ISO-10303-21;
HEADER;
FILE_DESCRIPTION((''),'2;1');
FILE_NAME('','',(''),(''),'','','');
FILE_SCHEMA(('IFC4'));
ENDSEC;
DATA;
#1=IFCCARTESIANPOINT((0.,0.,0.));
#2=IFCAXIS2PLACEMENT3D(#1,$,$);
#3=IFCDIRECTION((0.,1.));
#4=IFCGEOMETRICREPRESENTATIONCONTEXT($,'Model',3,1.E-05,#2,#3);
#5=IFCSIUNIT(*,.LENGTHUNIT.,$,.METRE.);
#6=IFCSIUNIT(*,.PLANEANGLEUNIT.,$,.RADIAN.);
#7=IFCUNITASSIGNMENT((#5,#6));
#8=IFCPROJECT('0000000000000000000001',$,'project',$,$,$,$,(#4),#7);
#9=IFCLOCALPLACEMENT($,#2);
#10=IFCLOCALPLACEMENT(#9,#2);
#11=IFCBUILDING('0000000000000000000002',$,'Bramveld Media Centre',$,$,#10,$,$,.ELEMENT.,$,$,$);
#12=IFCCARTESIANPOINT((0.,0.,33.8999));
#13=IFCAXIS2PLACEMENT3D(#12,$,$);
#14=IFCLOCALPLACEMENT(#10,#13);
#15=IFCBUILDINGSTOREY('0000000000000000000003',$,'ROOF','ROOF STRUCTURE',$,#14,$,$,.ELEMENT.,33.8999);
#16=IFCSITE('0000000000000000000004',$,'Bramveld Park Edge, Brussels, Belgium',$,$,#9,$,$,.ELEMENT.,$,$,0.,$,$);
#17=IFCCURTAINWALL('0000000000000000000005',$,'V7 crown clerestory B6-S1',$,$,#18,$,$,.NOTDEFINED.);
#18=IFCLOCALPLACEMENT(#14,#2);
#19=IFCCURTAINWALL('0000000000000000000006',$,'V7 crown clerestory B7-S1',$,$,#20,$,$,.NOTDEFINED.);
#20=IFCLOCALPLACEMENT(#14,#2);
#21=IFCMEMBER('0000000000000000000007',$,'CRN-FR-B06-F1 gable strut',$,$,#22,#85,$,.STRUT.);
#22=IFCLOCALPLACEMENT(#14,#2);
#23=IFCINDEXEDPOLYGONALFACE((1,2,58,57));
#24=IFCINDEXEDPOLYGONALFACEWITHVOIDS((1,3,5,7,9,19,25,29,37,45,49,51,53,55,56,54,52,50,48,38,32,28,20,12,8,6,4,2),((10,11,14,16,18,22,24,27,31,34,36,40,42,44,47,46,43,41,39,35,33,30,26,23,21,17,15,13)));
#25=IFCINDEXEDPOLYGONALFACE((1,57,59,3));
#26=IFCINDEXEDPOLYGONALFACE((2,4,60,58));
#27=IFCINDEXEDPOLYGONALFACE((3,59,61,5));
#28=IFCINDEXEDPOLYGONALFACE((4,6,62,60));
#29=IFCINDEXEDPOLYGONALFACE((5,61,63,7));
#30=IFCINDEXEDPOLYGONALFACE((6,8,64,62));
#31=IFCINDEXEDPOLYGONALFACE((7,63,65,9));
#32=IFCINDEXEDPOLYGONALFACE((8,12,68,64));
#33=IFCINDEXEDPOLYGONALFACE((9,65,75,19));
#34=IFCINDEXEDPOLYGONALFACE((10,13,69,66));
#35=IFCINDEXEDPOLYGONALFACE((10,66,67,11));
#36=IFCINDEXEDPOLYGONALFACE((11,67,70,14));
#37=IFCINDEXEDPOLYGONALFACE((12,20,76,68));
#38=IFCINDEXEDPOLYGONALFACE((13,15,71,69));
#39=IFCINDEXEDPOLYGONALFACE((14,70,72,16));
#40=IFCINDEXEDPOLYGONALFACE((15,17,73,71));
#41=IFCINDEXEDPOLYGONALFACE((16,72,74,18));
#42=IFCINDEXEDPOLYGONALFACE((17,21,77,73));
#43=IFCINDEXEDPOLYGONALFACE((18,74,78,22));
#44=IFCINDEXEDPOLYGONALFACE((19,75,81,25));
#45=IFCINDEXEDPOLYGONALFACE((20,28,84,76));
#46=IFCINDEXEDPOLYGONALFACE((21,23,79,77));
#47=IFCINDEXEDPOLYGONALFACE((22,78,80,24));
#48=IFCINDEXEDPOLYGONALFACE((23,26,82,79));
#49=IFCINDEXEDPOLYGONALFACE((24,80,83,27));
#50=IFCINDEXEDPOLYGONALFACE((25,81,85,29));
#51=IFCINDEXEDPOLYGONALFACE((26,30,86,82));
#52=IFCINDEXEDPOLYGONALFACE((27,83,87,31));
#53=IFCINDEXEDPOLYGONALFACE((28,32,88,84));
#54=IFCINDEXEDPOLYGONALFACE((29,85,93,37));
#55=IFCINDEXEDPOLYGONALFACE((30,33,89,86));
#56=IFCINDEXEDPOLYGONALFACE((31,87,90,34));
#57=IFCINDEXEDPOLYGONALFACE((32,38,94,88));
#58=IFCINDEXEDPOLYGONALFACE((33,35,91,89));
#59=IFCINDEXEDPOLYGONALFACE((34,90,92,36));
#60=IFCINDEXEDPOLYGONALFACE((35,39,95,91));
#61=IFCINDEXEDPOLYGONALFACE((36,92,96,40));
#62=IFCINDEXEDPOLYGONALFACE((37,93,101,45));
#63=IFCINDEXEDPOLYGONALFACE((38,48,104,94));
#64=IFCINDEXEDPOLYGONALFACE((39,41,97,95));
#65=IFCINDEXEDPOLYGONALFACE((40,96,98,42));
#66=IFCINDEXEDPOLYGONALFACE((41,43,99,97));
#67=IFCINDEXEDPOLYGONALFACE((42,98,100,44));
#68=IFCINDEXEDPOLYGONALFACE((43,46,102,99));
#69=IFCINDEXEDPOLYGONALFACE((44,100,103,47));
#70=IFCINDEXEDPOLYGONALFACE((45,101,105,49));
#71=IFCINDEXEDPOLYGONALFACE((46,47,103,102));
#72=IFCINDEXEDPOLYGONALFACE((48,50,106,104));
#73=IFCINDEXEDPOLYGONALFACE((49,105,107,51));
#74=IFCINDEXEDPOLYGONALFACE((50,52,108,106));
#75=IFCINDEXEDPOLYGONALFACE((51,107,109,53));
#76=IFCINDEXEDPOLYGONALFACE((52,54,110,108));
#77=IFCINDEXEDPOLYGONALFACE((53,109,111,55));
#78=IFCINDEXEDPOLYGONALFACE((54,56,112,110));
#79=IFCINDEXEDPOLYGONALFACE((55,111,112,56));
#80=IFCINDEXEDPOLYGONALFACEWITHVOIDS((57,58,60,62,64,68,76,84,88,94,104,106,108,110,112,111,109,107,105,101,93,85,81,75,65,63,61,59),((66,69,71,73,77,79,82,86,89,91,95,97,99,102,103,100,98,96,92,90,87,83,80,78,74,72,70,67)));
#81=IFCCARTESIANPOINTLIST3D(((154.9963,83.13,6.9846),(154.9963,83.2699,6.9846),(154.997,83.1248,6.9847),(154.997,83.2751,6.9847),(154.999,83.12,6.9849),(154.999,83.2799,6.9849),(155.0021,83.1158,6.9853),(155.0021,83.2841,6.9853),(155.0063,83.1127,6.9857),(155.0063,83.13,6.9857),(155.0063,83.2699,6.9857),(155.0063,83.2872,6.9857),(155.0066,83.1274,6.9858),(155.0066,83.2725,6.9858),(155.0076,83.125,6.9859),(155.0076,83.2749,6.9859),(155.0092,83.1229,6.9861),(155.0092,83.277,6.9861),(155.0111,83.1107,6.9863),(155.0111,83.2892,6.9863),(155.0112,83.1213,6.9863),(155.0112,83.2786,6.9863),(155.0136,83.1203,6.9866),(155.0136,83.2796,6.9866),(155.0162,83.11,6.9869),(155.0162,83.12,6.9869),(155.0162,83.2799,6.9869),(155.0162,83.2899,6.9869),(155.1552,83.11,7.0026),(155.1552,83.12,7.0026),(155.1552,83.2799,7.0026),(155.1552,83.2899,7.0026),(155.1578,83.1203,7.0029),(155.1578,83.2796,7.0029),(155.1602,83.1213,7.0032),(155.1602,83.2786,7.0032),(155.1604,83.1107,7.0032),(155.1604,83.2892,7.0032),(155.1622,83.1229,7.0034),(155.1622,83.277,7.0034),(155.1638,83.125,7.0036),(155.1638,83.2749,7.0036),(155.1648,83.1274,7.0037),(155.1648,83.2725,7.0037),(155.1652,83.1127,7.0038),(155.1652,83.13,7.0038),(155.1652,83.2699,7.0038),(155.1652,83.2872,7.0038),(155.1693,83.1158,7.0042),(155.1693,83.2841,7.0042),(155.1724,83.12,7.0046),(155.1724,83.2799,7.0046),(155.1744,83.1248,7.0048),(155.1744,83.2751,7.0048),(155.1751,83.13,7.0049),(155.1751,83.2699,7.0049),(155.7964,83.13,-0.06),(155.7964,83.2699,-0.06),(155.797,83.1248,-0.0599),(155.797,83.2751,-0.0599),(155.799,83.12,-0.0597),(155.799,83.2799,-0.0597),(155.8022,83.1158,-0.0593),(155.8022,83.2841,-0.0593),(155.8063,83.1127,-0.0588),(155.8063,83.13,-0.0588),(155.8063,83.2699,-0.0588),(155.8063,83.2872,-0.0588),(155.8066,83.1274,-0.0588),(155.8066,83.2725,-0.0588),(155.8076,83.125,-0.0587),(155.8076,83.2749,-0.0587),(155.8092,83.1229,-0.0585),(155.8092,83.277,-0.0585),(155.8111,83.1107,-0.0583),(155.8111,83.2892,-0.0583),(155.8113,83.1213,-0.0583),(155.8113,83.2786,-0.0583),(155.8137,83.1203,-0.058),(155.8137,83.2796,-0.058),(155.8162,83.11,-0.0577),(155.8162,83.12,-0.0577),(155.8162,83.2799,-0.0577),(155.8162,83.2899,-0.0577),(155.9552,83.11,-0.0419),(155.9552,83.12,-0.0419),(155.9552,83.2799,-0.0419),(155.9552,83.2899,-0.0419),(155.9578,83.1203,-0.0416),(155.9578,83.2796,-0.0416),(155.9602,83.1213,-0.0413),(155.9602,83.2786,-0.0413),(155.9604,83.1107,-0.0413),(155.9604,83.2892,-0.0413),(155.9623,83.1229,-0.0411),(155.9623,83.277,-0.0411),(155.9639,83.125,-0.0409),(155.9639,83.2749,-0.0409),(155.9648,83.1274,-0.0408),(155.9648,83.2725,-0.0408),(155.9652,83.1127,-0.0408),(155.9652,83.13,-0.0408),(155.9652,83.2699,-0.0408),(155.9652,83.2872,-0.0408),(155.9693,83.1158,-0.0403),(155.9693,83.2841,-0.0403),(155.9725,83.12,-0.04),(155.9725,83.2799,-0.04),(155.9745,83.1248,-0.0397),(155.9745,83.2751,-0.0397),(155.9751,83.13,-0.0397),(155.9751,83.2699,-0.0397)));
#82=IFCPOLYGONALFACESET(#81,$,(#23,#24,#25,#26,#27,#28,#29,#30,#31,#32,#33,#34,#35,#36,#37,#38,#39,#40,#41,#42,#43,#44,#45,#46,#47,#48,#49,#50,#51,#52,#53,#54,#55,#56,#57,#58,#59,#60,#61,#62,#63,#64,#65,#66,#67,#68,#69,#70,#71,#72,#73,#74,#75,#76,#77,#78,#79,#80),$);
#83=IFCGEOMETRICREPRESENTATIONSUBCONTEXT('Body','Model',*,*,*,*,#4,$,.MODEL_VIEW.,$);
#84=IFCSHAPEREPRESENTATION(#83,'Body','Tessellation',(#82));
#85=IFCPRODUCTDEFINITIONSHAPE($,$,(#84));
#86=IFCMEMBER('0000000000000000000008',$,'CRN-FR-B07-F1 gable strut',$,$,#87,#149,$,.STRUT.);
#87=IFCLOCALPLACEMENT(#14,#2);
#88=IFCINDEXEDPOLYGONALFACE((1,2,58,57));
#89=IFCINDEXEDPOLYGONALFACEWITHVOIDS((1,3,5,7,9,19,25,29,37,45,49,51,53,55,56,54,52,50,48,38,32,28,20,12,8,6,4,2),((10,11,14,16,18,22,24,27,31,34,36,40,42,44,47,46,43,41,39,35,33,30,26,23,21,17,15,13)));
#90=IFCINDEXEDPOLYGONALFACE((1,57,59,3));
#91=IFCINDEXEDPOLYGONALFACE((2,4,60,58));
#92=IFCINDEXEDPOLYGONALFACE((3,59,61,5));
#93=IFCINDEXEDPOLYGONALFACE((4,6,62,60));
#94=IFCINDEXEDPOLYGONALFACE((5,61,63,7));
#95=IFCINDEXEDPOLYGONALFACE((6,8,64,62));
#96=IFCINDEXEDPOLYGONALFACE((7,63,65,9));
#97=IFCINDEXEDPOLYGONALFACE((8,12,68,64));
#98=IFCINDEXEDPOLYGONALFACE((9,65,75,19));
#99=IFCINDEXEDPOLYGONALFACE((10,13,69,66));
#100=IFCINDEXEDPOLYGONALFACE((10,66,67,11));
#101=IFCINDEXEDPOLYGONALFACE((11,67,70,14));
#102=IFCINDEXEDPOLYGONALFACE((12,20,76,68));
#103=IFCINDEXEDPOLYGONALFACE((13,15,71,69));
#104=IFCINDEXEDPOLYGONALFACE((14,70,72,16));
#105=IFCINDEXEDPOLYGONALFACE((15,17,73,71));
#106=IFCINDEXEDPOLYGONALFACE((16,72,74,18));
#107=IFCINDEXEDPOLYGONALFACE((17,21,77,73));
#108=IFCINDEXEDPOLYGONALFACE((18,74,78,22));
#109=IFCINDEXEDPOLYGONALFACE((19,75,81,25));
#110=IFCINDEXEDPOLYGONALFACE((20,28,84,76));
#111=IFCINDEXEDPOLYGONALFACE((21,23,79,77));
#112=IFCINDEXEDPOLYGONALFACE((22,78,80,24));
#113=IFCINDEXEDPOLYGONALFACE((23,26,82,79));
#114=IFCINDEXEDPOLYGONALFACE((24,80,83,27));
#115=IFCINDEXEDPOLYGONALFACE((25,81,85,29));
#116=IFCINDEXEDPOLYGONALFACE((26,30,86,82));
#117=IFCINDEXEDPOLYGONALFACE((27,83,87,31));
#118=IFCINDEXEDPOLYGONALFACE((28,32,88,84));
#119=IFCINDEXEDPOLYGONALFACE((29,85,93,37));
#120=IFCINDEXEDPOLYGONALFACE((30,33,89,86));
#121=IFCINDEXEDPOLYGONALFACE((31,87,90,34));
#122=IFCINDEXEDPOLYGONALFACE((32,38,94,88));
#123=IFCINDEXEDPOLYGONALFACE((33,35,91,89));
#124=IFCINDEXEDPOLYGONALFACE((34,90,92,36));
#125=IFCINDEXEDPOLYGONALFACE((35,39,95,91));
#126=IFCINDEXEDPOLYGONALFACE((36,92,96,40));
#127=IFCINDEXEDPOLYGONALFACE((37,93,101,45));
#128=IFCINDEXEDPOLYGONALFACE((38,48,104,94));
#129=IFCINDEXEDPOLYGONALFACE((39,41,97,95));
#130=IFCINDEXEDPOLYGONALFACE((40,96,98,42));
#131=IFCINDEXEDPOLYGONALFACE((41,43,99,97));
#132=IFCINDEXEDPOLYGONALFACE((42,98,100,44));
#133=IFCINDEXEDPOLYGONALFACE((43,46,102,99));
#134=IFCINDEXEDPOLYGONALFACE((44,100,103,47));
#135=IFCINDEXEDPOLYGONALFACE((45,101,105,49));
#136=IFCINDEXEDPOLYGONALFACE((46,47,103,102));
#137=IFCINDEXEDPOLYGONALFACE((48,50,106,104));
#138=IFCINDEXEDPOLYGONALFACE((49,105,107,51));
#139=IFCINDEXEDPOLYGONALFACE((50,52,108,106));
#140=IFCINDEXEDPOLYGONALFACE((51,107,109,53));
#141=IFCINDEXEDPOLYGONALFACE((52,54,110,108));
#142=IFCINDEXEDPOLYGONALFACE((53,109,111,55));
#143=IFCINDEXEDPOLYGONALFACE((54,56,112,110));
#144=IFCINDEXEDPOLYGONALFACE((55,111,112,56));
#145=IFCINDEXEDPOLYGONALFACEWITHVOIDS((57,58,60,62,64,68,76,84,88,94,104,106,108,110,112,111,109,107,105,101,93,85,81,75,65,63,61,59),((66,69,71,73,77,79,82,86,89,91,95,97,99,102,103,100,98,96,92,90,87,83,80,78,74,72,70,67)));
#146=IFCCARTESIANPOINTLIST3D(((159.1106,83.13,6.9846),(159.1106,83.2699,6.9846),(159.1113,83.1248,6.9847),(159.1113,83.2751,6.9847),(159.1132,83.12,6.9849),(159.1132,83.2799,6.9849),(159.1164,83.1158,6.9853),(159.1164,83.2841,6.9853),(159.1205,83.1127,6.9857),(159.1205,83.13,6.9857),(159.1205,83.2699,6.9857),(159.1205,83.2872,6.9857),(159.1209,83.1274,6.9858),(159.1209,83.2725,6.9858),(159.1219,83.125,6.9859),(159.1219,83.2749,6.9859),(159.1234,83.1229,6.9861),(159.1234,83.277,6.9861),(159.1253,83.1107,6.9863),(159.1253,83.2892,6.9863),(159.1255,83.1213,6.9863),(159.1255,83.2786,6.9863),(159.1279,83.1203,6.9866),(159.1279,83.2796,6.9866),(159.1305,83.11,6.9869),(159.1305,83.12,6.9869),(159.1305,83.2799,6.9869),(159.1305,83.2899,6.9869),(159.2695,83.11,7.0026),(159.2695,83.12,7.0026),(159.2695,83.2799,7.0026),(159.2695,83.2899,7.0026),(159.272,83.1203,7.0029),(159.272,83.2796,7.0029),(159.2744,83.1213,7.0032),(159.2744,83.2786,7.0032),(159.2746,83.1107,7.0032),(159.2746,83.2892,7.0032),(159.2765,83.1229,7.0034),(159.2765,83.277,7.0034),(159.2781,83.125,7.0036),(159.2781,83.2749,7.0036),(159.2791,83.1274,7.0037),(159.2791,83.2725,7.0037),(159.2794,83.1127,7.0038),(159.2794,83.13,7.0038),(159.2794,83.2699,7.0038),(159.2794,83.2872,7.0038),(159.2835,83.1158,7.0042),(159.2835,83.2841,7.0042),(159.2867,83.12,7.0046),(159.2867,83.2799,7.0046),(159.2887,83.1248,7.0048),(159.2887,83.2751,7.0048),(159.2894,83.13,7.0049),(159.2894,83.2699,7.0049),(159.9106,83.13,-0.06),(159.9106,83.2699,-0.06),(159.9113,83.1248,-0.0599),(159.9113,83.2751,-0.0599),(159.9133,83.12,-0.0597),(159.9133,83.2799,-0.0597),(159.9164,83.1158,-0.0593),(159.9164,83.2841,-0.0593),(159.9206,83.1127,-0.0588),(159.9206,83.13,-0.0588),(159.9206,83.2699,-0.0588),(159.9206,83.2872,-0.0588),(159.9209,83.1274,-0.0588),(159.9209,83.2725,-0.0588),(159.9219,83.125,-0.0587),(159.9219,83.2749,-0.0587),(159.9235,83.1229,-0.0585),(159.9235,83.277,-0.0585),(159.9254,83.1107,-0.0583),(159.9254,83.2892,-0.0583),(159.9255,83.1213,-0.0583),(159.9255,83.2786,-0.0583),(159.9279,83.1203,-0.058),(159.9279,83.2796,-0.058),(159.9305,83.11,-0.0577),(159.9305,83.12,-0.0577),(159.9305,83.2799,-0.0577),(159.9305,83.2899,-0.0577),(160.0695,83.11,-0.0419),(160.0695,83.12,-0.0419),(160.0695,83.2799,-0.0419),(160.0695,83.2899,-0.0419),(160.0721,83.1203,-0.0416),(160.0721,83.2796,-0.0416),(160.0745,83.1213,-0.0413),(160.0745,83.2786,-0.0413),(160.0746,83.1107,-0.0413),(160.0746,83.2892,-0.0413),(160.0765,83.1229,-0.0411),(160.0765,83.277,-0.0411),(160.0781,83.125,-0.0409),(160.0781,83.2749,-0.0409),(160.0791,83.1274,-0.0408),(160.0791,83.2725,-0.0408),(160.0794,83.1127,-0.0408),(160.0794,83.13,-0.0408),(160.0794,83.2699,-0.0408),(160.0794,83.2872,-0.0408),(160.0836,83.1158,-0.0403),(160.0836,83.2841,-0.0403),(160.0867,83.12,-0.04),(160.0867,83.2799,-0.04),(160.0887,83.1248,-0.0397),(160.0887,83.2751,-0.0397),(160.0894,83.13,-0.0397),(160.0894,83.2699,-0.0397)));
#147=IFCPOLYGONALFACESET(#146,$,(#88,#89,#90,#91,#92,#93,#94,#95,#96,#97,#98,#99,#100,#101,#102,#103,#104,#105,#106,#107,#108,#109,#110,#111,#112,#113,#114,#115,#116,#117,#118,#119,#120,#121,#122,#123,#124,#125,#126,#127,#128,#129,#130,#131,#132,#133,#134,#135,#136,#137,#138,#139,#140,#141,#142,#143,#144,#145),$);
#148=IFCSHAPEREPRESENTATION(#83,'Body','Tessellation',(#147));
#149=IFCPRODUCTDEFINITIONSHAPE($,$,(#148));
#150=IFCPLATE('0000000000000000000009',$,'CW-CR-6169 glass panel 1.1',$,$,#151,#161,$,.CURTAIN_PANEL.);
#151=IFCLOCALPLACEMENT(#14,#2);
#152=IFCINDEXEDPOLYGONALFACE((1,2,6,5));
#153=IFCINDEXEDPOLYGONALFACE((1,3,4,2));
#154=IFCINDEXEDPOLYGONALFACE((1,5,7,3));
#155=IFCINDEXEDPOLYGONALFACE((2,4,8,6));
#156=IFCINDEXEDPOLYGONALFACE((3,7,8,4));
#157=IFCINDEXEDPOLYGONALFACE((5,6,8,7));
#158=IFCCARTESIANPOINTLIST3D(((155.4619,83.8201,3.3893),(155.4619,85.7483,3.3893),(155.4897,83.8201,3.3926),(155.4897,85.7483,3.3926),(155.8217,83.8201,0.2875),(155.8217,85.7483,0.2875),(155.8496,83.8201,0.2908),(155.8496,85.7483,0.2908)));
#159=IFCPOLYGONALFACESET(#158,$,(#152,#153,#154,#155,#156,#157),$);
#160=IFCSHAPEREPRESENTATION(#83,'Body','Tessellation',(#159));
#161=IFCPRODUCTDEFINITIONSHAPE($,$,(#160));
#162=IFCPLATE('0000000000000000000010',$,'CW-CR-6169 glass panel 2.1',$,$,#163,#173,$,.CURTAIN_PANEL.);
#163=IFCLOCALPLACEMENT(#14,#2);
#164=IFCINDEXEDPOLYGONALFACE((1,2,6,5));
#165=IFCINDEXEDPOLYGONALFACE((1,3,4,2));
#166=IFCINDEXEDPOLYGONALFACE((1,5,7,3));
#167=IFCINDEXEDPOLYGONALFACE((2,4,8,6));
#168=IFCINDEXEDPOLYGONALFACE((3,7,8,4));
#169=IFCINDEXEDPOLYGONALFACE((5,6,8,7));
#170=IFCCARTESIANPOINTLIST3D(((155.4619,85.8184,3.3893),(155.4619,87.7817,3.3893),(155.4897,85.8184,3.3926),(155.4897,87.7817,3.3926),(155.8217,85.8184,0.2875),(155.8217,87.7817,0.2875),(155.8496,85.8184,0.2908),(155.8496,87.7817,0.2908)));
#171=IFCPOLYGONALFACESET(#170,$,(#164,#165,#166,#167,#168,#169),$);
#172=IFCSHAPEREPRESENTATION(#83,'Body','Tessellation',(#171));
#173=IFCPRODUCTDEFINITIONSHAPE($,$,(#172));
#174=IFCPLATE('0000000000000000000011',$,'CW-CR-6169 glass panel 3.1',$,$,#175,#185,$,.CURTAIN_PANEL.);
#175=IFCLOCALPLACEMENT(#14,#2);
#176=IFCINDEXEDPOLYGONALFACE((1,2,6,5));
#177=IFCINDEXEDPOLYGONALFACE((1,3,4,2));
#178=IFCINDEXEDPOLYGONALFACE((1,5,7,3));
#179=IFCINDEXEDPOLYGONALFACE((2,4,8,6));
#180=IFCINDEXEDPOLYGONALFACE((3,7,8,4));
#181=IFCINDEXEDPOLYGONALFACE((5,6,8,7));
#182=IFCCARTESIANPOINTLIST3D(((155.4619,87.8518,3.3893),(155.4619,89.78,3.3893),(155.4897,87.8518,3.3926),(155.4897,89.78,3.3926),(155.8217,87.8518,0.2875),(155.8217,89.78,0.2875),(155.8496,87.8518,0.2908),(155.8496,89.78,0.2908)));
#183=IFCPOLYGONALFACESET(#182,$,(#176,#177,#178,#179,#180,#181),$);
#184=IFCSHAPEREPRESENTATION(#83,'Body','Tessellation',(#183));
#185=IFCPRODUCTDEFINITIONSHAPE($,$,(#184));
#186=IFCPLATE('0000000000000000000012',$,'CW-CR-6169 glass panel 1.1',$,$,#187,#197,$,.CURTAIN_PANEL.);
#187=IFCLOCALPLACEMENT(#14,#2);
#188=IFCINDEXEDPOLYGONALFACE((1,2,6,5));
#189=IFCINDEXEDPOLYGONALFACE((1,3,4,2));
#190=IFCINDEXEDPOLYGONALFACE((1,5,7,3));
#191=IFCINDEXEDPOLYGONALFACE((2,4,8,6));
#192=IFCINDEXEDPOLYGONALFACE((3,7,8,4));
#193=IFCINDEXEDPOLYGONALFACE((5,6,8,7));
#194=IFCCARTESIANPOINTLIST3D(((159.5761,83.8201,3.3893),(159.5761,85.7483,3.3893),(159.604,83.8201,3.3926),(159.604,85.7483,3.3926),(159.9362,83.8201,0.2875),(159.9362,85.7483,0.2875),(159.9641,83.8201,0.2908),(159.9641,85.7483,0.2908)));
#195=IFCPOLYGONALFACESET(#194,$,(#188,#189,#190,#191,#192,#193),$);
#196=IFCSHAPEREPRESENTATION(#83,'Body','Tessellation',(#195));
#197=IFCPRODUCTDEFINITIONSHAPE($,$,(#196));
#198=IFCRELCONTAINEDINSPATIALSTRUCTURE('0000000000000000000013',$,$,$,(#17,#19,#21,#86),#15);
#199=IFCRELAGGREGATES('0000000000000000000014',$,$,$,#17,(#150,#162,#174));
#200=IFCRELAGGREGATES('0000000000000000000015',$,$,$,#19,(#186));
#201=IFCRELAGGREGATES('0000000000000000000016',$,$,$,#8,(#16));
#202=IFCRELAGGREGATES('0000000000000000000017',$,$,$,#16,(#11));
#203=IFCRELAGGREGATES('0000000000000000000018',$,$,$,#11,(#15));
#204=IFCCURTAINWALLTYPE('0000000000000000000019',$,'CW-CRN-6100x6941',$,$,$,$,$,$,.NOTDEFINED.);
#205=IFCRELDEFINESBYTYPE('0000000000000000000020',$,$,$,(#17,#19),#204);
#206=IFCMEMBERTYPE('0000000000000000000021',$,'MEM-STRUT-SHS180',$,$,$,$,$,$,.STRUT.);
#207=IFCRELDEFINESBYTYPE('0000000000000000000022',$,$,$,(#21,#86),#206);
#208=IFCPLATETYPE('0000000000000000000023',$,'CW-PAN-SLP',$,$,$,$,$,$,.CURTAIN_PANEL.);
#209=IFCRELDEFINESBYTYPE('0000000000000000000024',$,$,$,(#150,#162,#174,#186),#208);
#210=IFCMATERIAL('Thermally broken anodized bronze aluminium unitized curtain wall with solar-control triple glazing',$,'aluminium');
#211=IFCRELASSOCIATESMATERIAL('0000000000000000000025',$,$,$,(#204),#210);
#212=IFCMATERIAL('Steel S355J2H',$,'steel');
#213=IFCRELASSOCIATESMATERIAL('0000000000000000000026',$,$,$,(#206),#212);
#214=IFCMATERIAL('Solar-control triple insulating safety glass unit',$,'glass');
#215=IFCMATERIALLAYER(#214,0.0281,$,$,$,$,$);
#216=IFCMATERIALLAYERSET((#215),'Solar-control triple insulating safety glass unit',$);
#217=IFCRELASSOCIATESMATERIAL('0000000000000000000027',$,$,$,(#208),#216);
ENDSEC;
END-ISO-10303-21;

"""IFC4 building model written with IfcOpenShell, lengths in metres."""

from ifc_helpers import new_model, si_unit, direction, frame, origin, origin_2d, place, context, subcontext, project, spatial, polyline, hollow_rectangle, outline, extrude, material, layer, layer_set, material_profile, profile_set, type_object, element, aggregate, save


model = new_model("IFC4")

# Units and contexts
model_context = context("Model", 3, precision=1e-05, world=origin(), true_north=direction((0.0, 1.0)))
body_context = subcontext(model_context, "Body", "Model", "MODEL_VIEW")
ifc_project = project(units=[si_unit("LENGTHUNIT", "METRE"), si_unit("PLANEANGLEUNIT", "RADIAN")], contexts=[model_context])

# Site, building, storey
site_placement = place(None, origin())
site = spatial("IfcSite", under=ifc_project, at=site_placement, Name="Bramveld Park Edge, Brussels, Belgium", CompositionType="ELEMENT", RefElevation=0.0)
building_placement = place(site_placement, origin())
building = spatial("IfcBuilding", under=site, at=building_placement, Name="Bramveld Media Centre", CompositionType="ELEMENT")
storey_placement = place(building_placement, frame((0.0, 0.0, 33.8999)))
storey = spatial("IfcBuildingStorey", under=building, at=storey_placement, Name="ROOF", Description="ROOF STRUCTURE", CompositionType="ELEMENT", Elevation=33.8999)

# Curtain walls
ifc_material_1 = material(Name="Thermally broken anodized bronze aluminium unitized curtain wall with solar-control triple glazing", Category="aluminium")
curtain_wall_type = type_object("IfcCurtainWallType", Name="CW-CRN-6100x6941", PredefinedType="NOTDEFINED", material=ifc_material_1)
curtain_wall_1_placement = place(storey_placement, origin())
curtain_wall_1 = element("IfcCurtainWall", 1, at=curtain_wall_1_placement, inside=storey, type_object=curtain_wall_type, Name="V7 crown clerestory B6-S1", PredefinedType="NOTDEFINED")
curtain_wall_2_placement = place(storey_placement, origin())
curtain_wall_2 = element("IfcCurtainWall", 2, at=curtain_wall_2_placement, inside=storey, type_object=curtain_wall_type, Name="V7 crown clerestory B7-S1", PredefinedType="NOTDEFINED")

# Members
ifc_material_2 = material(Name="Steel S355J2H", Category="steel")
ifc_material_profile_1 = material_profile(ifc_material_2, hollow_rectangle(XDim=0.1799, YDim=0.1799, WallThickness=0.01, InnerFilletRadius=0.01, OuterFilletRadius=0.02, at=origin_2d()), Name="SHS 180x180x10")
ifc_profile_set_1 = profile_set([ifc_material_profile_1], Name="Steel S355J2H")
member_type_1 = type_object("IfcMemberType", Name="MEM-STRUT-SHS180", PredefinedType="STRUT", material=ifc_profile_set_1)
for number, where, z_axis, x_axis, name in (
    (3, (155.8857, 83.2, -0.0498), (-0.112842, 0.0, 0.993613), (0.0, -1.0, 0.0), "CRN-FR-B06-F1 gable strut"),
    (4, (160.0, 83.2, -0.0498), (-0.112842, 0.0, 0.993613), (0.0, -1.0, 0.0), "CRN-FR-B07-F1 gable strut"),
):
    element("IfcMember", number, at=place(storey_placement, frame(where, z_axis=z_axis, x_axis=x_axis)), inside=storey, type_object=member_type_1, Name=name, PredefinedType="STRUT", context=body_context, shape_type="SweptSolid", body=[
        extrude(hollow_rectangle(XDim=0.1799, YDim=0.1799, WallThickness=0.01, InnerFilletRadius=0.01, OuterFilletRadius=0.02, at=origin_2d()), origin(), (0.0, 0.0, 1.0), 7.0898),
    ])

# Plates
ifc_material_3 = material(Name="Solar-control triple insulating safety glass unit", Category="glass")
ifc_layer_1 = layer(ifc_material_3, 0.0281)
ifc_layer_set_1 = layer_set([ifc_layer_1], Name="Solar-control triple insulating safety glass unit")
plate_type_1 = type_object("IfcPlateType", Name="CW-PAN-SLP", PredefinedType="CURTAIN_PANEL", material=ifc_layer_set_1)
plate_1_placement = place(storey_placement, frame((155.8496, 83.8201, 0.2908), z_axis=(0.993337, 0.0, 0.115244), x_axis=(0.0, 1.0, 0.0)))
plate_1 = element("IfcPlate", 5, at=plate_1_placement, type_object=plate_type_1, Name="CW-CR-6169 glass panel 1.1", PredefinedType="CURTAIN_PANEL", context=body_context, shape_type="SweptSolid", body=[
    extrude(outline(polyline([(0.0, 0.0), (1.9282, 0.0), (1.9282, 3.1226), (0.0, 3.1226), (0.0, 0.0)])), origin(), (0.0, 0.0, -1.0), 0.0281),
])
plate_2_placement = place(storey_placement, frame((155.8496, 85.8184, 0.2908), z_axis=(0.993337, 0.0, 0.115244), x_axis=(0.0, 1.0, 0.0)))
plate_2 = element("IfcPlate", 6, at=plate_2_placement, type_object=plate_type_1, Name="CW-CR-6169 glass panel 2.1", PredefinedType="CURTAIN_PANEL", context=body_context, shape_type="SweptSolid", body=[
    extrude(outline(polyline([(0.0, 0.0), (1.9634, 0.0), (1.9634, 3.1226), (0.0, 3.1226), (0.0, 0.0)])), origin(), (0.0, 0.0, -1.0), 0.0281),
])
plate_3_placement = place(storey_placement, frame((155.8496, 87.8518, 0.2908), z_axis=(0.993337, 0.0, 0.115244), x_axis=(0.0, 1.0, 0.0)))
plate_3 = element("IfcPlate", 7, at=plate_3_placement, type_object=plate_type_1, Name="CW-CR-6169 glass panel 3.1", PredefinedType="CURTAIN_PANEL", context=body_context, shape_type="SweptSolid", body=[
    extrude(outline(polyline([(0.0, 0.0), (1.9282, 0.0), (1.9282, 3.1226), (0.0, 3.1226), (0.0, 0.0)])), origin(), (0.0, 0.0, -1.0), 0.0281),
])
aggregate(curtain_wall_1, [plate_1, plate_2, plate_3])
plate_4_placement = place(storey_placement, frame((159.9641, 83.8201, 0.2908), z_axis=(0.993328, 0.0, 0.115321), x_axis=(0.0, 1.0, 0.0)))
plate_4 = element("IfcPlate", 8, at=plate_4_placement, type_object=plate_type_1, Name="CW-CR-6169 glass panel 1.1", PredefinedType="CURTAIN_PANEL", context=body_context, shape_type="SweptSolid", body=[
    extrude(outline(polyline([(0.0, 0.0), (1.9282, 0.0), (1.9282, 3.1226), (0.0, 3.1226), (0.0, 0.0)])), origin(), (0.0, 0.0, -1.0), 0.0281),
])
aggregate(curtain_wall_2, [plate_4])

save(model, "model.ifc")
